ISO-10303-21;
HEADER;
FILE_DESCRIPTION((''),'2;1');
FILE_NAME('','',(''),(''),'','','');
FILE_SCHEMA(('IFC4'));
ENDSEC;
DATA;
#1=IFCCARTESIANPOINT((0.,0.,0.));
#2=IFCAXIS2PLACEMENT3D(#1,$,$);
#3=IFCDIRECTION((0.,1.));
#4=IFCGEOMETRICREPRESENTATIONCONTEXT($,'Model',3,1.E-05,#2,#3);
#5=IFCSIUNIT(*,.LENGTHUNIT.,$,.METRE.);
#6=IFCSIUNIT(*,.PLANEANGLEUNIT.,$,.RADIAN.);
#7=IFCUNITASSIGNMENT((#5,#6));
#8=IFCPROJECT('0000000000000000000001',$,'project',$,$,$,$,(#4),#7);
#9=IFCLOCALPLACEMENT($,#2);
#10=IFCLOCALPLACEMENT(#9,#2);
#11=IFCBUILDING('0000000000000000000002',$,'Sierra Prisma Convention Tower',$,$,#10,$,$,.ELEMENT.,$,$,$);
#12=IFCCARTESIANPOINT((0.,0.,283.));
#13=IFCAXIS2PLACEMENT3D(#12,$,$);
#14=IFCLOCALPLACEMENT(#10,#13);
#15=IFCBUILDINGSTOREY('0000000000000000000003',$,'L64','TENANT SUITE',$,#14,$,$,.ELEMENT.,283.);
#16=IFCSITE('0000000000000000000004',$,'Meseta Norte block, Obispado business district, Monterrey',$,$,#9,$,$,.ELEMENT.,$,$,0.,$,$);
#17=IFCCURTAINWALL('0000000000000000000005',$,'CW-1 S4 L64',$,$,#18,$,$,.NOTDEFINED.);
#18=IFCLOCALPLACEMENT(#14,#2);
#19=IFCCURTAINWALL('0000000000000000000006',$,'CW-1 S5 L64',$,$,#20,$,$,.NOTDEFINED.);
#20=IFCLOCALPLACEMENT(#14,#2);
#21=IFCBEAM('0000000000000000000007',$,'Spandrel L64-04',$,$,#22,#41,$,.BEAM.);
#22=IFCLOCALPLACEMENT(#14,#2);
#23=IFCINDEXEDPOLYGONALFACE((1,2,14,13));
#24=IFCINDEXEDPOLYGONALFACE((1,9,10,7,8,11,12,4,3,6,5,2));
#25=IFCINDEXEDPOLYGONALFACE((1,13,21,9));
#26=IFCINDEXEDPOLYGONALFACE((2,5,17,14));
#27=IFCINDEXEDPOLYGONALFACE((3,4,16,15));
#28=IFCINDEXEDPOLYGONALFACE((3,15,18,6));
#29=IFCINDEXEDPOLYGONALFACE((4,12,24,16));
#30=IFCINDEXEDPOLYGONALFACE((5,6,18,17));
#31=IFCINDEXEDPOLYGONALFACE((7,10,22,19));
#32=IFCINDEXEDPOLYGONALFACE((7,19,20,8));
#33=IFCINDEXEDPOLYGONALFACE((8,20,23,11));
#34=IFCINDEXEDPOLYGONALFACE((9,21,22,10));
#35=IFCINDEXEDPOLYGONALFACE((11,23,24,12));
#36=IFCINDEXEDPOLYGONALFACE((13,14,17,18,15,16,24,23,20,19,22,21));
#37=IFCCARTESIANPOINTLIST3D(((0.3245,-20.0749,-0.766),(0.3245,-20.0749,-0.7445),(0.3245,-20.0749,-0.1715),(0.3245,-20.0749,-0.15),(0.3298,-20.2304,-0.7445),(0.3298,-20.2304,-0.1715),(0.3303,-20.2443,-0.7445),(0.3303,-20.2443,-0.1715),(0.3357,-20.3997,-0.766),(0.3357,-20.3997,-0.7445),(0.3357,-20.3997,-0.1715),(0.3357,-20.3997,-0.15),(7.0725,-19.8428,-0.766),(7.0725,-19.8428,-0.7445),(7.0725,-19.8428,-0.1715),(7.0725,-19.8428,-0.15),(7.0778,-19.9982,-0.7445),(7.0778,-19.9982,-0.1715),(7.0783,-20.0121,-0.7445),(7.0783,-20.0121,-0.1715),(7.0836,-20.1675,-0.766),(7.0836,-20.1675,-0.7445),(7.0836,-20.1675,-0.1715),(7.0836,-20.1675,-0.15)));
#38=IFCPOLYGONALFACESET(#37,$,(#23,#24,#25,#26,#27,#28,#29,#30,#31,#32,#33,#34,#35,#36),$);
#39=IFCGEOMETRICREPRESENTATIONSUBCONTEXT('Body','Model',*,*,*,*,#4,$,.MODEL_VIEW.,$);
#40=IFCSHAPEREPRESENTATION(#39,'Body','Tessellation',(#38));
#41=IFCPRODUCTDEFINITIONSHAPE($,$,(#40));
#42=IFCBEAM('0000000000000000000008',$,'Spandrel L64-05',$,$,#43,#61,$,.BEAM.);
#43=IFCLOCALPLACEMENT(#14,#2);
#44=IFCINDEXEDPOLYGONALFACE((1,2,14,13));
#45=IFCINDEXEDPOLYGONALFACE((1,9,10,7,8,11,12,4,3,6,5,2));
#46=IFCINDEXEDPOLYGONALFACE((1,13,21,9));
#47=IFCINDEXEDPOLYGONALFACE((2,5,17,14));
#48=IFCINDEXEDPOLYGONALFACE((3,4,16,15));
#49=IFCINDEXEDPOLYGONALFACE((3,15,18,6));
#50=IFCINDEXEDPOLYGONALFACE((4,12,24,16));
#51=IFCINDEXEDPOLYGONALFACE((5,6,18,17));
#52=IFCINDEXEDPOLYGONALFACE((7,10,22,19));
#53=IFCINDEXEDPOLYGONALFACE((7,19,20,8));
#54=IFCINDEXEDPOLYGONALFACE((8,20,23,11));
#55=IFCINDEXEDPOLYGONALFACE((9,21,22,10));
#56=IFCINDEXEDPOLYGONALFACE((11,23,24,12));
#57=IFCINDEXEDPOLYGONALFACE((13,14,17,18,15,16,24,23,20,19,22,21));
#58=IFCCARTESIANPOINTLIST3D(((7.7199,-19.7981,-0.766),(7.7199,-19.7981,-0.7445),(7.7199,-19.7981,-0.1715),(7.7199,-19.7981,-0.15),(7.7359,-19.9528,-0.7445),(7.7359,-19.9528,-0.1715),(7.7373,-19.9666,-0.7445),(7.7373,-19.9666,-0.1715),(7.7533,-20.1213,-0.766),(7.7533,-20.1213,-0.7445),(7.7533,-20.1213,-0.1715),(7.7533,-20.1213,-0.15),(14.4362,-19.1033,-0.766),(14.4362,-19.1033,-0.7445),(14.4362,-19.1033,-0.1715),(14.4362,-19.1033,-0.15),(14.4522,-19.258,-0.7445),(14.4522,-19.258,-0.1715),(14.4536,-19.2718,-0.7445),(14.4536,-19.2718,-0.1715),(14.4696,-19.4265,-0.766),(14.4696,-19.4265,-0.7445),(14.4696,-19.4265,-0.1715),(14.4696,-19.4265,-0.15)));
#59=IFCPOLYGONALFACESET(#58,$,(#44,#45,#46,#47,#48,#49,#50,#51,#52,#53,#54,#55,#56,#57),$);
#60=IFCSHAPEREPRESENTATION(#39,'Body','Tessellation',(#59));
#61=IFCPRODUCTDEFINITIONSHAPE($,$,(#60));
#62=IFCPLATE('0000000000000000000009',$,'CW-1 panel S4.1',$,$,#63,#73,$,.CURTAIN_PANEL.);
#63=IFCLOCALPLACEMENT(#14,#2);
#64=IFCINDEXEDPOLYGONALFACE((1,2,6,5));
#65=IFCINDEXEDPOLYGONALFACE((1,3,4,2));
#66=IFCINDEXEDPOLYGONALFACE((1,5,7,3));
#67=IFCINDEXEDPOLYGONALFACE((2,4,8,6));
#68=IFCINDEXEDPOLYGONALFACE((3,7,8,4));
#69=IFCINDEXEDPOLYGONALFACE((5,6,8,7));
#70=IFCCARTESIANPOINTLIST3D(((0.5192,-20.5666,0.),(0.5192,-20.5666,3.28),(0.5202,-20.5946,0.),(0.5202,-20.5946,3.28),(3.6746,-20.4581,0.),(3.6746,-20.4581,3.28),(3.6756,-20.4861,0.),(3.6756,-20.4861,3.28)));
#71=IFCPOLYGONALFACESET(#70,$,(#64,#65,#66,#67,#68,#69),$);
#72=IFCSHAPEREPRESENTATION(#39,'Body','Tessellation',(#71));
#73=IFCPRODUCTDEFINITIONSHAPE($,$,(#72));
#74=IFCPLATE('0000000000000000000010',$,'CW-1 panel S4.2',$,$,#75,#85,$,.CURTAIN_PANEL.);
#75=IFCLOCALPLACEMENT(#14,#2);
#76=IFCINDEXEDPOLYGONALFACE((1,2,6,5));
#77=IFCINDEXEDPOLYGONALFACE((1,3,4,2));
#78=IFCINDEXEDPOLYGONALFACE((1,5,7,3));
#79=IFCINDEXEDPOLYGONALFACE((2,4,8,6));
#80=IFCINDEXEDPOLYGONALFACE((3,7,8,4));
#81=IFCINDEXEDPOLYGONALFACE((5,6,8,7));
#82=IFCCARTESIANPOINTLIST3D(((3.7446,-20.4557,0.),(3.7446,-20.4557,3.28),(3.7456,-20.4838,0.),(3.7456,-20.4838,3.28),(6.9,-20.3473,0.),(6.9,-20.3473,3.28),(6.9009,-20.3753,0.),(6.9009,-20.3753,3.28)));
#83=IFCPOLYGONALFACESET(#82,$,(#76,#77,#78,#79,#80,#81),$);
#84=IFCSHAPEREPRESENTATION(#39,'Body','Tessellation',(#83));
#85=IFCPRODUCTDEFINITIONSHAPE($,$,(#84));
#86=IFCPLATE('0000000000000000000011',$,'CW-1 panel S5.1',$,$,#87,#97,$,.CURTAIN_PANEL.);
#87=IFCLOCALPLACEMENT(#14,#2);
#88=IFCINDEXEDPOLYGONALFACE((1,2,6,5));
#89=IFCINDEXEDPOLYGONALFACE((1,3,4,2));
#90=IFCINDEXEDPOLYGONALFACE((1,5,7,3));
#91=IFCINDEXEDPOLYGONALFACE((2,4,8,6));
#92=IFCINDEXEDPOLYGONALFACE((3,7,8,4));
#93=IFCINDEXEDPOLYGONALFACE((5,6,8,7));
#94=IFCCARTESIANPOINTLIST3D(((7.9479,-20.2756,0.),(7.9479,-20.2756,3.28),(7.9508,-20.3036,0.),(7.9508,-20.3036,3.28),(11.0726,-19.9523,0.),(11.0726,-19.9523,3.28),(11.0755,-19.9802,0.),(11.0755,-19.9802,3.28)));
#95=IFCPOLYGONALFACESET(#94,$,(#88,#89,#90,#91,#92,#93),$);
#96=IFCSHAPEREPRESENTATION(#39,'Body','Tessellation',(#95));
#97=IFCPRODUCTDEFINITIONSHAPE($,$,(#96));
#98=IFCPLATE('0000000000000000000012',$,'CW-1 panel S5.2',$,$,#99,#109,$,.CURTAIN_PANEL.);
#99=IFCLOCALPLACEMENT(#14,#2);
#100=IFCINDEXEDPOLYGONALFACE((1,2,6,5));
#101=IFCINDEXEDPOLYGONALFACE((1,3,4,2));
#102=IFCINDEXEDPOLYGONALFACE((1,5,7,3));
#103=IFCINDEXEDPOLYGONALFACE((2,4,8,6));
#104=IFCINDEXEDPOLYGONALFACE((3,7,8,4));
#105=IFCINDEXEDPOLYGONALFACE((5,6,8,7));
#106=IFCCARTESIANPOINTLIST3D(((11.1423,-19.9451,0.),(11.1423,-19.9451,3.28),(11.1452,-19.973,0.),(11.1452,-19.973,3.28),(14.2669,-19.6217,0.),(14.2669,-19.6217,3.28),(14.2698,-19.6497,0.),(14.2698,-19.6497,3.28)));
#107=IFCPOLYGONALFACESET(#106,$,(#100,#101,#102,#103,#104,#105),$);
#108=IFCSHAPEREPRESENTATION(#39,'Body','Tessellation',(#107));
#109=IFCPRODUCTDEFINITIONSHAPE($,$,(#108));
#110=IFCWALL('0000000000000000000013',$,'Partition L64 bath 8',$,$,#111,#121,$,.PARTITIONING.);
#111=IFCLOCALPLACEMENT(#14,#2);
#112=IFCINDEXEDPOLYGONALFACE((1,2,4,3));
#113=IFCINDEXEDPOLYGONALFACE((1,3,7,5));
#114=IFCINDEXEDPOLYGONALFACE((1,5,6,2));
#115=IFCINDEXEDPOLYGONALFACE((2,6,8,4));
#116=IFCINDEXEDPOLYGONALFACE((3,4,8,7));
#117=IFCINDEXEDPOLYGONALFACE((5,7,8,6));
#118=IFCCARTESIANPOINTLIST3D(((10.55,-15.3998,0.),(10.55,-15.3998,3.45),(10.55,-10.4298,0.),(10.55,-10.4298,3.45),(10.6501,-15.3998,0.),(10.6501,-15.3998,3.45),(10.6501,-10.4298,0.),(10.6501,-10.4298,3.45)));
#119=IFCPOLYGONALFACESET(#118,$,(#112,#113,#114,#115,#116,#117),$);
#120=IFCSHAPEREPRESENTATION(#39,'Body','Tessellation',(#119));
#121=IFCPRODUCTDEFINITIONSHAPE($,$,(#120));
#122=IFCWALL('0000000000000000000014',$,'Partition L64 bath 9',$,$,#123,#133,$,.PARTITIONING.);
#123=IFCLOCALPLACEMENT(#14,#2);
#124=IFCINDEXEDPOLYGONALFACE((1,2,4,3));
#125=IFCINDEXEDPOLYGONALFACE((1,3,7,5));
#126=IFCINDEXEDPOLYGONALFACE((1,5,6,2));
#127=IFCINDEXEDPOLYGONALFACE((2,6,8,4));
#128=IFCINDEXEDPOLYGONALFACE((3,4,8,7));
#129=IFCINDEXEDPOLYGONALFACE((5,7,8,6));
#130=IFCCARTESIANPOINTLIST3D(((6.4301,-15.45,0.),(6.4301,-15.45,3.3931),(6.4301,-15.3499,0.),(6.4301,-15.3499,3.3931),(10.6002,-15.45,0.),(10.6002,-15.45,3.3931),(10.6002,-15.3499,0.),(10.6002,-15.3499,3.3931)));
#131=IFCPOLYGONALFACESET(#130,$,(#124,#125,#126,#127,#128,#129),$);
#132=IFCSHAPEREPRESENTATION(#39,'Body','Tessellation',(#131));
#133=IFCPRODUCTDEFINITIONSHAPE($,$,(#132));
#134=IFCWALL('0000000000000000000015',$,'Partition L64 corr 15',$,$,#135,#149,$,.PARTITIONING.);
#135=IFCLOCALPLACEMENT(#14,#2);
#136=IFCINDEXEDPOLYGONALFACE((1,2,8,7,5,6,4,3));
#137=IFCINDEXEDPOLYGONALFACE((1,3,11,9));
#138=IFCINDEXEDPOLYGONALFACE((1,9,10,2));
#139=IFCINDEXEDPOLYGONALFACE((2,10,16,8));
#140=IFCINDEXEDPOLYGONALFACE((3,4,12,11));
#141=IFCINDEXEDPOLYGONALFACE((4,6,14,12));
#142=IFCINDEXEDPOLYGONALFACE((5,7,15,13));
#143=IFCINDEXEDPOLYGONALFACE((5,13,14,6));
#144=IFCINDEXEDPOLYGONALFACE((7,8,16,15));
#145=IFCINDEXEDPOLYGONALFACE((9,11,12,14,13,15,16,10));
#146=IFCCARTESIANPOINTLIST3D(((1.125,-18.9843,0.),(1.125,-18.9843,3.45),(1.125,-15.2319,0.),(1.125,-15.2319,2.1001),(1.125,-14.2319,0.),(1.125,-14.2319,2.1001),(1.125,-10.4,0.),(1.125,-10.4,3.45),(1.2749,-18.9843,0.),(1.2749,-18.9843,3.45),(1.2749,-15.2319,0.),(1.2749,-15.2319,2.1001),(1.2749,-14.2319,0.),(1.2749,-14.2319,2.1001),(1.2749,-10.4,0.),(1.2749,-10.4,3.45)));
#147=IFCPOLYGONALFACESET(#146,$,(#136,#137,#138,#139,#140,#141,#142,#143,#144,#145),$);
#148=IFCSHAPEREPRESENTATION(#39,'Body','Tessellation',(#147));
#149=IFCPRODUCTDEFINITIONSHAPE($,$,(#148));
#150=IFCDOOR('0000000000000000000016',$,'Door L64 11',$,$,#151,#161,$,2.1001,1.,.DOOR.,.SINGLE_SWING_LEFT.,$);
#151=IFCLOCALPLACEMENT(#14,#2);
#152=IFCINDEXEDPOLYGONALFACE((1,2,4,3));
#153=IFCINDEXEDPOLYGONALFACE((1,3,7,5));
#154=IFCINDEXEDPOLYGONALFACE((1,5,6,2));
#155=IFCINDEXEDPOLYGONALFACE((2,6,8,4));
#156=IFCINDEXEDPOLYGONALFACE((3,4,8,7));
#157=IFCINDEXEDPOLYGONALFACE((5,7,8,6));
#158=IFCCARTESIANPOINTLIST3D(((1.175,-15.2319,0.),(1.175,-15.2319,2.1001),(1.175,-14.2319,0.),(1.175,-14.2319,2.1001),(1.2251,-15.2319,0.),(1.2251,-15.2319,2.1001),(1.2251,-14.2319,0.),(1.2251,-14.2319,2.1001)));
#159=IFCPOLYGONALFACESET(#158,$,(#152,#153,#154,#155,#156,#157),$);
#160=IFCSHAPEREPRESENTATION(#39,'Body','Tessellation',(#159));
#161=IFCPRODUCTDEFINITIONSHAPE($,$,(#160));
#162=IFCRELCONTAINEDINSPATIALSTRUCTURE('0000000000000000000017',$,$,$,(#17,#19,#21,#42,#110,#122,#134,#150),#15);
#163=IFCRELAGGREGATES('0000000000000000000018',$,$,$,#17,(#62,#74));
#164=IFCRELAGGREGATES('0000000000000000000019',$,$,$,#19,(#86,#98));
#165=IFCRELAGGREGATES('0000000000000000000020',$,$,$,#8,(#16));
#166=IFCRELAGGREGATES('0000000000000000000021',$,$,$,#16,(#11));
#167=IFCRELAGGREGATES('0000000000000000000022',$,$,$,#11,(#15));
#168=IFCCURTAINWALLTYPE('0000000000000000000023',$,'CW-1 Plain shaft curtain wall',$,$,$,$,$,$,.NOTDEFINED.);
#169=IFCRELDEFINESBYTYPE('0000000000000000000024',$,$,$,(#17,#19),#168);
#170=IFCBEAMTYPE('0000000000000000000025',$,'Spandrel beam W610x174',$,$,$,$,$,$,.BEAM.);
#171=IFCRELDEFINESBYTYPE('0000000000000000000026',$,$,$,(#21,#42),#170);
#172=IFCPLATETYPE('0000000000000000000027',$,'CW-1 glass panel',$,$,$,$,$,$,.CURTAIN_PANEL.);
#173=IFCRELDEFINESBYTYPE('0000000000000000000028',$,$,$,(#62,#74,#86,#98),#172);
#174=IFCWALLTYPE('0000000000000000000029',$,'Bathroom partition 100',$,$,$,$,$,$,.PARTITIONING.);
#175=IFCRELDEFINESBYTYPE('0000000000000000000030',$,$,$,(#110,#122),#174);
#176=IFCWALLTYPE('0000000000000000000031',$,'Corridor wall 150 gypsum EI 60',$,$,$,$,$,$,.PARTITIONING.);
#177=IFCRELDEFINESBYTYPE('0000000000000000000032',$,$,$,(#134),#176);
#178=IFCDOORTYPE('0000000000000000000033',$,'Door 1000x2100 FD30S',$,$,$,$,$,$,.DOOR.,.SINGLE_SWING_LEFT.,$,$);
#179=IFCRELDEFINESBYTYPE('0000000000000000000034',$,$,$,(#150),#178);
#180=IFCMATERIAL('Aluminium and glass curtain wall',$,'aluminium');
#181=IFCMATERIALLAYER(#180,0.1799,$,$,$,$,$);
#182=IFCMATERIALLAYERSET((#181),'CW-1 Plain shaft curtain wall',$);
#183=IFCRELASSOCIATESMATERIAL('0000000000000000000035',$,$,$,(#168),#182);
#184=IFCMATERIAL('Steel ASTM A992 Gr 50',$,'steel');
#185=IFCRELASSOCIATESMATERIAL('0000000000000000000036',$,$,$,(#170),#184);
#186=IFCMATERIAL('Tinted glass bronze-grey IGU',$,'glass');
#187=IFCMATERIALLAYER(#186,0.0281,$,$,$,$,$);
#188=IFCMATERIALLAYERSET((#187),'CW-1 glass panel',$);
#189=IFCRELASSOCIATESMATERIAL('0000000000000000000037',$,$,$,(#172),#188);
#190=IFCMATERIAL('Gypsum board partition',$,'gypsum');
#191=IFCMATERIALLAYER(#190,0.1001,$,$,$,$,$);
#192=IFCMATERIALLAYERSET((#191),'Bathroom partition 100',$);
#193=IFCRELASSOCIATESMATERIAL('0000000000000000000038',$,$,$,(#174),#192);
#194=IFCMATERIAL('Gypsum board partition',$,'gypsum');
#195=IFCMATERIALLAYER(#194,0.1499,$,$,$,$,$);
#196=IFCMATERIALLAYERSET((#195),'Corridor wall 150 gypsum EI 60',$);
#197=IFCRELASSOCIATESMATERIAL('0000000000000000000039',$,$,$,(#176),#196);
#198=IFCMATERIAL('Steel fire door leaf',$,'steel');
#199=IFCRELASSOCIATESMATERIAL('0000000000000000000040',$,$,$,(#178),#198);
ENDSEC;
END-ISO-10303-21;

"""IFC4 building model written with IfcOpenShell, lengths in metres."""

from ifc_helpers import new_model, si_unit, direction, frame, frame_2d, origin, origin_2d, place, context, subcontext, project, spatial, rectangle, i_section, extrude, material, layer, layer_set, material_profile, profile_set, type_object, element, fill, aggregate, save


model = new_model("IFC4")

# Units and contexts
model_context = context("Model", 3, precision=1e-05, world=origin(), true_north=direction((0.0, 1.0)))
body_context = subcontext(model_context, "Body", "Model", "MODEL_VIEW")
ifc_project = project(units=[si_unit("LENGTHUNIT", "METRE"), si_unit("PLANEANGLEUNIT", "RADIAN")], contexts=[model_context])

# Site, building, storey
site_placement = place(None, origin())
site = spatial("IfcSite", under=ifc_project, at=site_placement, Name="Meseta Norte block, Obispado business district, Monterrey", CompositionType="ELEMENT", RefElevation=0.0)
building_placement = place(site_placement, origin())
building = spatial("IfcBuilding", under=site, at=building_placement, Name="Sierra Prisma Convention Tower", CompositionType="ELEMENT")
storey_placement = place(building_placement, frame((0.0, 0.0, 283.0)))
storey = spatial("IfcBuildingStorey", under=building, at=storey_placement, Name="L64", Description="TENANT SUITE", CompositionType="ELEMENT", Elevation=283.0)

# Curtain wall
ifc_material_1 = material(Name="Aluminium and glass curtain wall", Category="aluminium")
ifc_layer_1 = layer(ifc_material_1, 0.1799)
ifc_layer_set_1 = layer_set([ifc_layer_1], Name="CW-1 Plain shaft curtain wall")
curtain_wall_type = type_object("IfcCurtainWallType", Name="CW-1 Plain shaft curtain wall", PredefinedType="NOTDEFINED", material=ifc_layer_set_1)
curtain_wall_1_placement = place(storey_placement, origin())
curtain_wall_1 = element("IfcCurtainWall", 1, at=curtain_wall_1_placement, inside=storey, type_object=curtain_wall_type, Name="CW-1 S4 L64", PredefinedType="NOTDEFINED")

# Curtain wall
curtain_wall_2_placement = place(storey_placement, origin())
curtain_wall_2 = element("IfcCurtainWall", 2, at=curtain_wall_2_placement, inside=storey, type_object=curtain_wall_type, Name="CW-1 S5 L64", PredefinedType="NOTDEFINED")

# Beams
ifc_material_2 = material(Name="Steel ASTM A992 Gr 50", Category="steel")
ifc_material_profile_1 = material_profile(ifc_material_2, i_section(OverallWidth=0.325, OverallDepth=0.616, WebThickness=0.0139, FlangeThickness=0.0215, at=origin_2d()), Name="W610x174")
ifc_profile_set_1 = profile_set([ifc_material_profile_1], Name="Steel ASTM A992 Gr 50")
beam_type_1 = type_object("IfcBeamType", Name="Spandrel beam W610x174", PredefinedType="BEAM", material=ifc_profile_set_1)
beam_1_placement = place(storey_placement, frame((0.3301, -20.2373, -0.458), z_axis=(0.999409, 0.034386, 0.0), x_axis=(-0.034386, 0.999409, 0.0)))
element("IfcBeam", 3, at=beam_1_placement, inside=storey, type_object=beam_type_1, Name="Spandrel L64-04", PredefinedType="BEAM", context=body_context, shape_type="SweptSolid", body=[
    extrude(i_section(OverallWidth=0.325, OverallDepth=0.616, WebThickness=0.0139, FlangeThickness=0.0215, at=origin_2d()), origin(), (0.0, 0.0, 1.0), 6.752),
])
beam_2_placement = place(storey_placement, frame((7.7366, -19.9597, -0.458), z_axis=(0.994691, 0.102904, 0.0), x_axis=(-0.102904, 0.994691, 0.0)))
element("IfcBeam", 4, at=beam_2_placement, inside=storey, type_object=beam_type_1, Name="Spandrel L64-05", PredefinedType="BEAM", context=body_context, shape_type="SweptSolid", body=[
    extrude(i_section(OverallWidth=0.325, OverallDepth=0.616, WebThickness=0.0139, FlangeThickness=0.0215, at=origin_2d()), origin(), (0.0, 0.0, 1.0), 6.7522),
])

# Plates
ifc_material_3 = material(Name="Tinted glass bronze-grey IGU", Category="glass")
ifc_layer_2 = layer(ifc_material_3, 0.0281)
ifc_layer_set_2 = layer_set([ifc_layer_2], Name="CW-1 glass panel")
plate_type = type_object("IfcPlateType", Name="CW-1 glass panel", PredefinedType="CURTAIN_PANEL", material=ifc_layer_set_2)
plate_1_placement = place(storey_placement, frame((2.0974, -20.5264, 0.0), z_axis=(0.0, 0.0, 1.0), x_axis=(0.999409, 0.034364, 0.0)))
plate_1 = element("IfcPlate", 5, at=plate_1_placement, type_object=plate_type, Name="CW-1 panel S4.1", PredefinedType="CURTAIN_PANEL", context=body_context, shape_type="SweptSolid", body=[
    extrude(rectangle(XDim=3.1572, YDim=0.0281, at=origin_2d()), origin(), (0.0, 0.0, 1.0), 3.28),
])
plate_2_placement = place(storey_placement, frame((5.3228, -20.4155, 0.0), z_axis=(0.0, 0.0, 1.0), x_axis=(0.999409, 0.034364, 0.0)))
plate_2 = element("IfcPlate", 6, at=plate_2_placement, type_object=plate_type, Name="CW-1 panel S4.2", PredefinedType="CURTAIN_PANEL", context=body_context, shape_type="SweptSolid", body=[
    extrude(rectangle(XDim=3.1572, YDim=0.0281, at=origin_2d()), origin(), (0.0, 0.0, 1.0), 3.28),
])
aggregate(curtain_wall_1, [plate_1, plate_2])
plate_3_placement = place(storey_placement, frame((9.5117, -20.1279, 0.0), z_axis=(0.0, 0.0, 1.0), x_axis=(0.994689, 0.10293, 0.0)))
plate_3 = element("IfcPlate", 7, at=plate_3_placement, type_object=plate_type, Name="CW-1 panel S5.1", PredefinedType="CURTAIN_PANEL", context=body_context, shape_type="SweptSolid", body=[
    extrude(rectangle(XDim=3.1414, YDim=0.0281, at=origin_2d()), origin(), (0.0, 0.0, 1.0), 3.28),
])
plate_4_placement = place(storey_placement, frame((12.7061, -19.7974, 0.0), z_axis=(0.0, 0.0, 1.0), x_axis=(0.994689, 0.10293, 0.0)))
plate_4 = element("IfcPlate", 8, at=plate_4_placement, type_object=plate_type, Name="CW-1 panel S5.2", PredefinedType="CURTAIN_PANEL", context=body_context, shape_type="SweptSolid", body=[
    extrude(rectangle(XDim=3.1414, YDim=0.0281, at=origin_2d()), origin(), (0.0, 0.0, 1.0), 3.28),
])
aggregate(curtain_wall_2, [plate_3, plate_4])

# Walls
ifc_material_4 = material(Name="Gypsum board partition", Category="gypsum")
ifc_layer_3 = layer(ifc_material_4, 0.1001)
ifc_layer_set_3 = layer_set([ifc_layer_3], Name="Bathroom partition 100")
wall_type_1 = type_object("IfcWallType", Name="Bathroom partition 100", PredefinedType="PARTITIONING", material=ifc_layer_set_3)
wall_1_placement = place(storey_placement, frame((10.6001, -10.4299, 0.0), z_axis=(0.0, 0.0, 1.0), x_axis=(0.0, -1.0, 0.0)))
element("IfcWall", 9, at=wall_1_placement, inside=storey, type_object=wall_type_1, Name="Partition L64 bath 8", PredefinedType="PARTITIONING", context=body_context, shape_type="SweptSolid", body=[
    extrude(rectangle(XDim=4.97, YDim=0.1001, at=frame_2d((2.4849, 0.0))), origin(), (0.0, 0.0, 1.0), 3.45),
])
wall_2_placement = place(storey_placement, frame((10.6001, -15.3999, 0.0), z_axis=(0.0, 0.0, 1.0), x_axis=(-1.0, 0.0, 0.0)))
element("IfcWall", 10, at=wall_2_placement, inside=storey, type_object=wall_type_1, Name="Partition L64 bath 9", PredefinedType="PARTITIONING", context=body_context, shape_type="SweptSolid", body=[
    extrude(rectangle(XDim=4.1702, YDim=0.1001, at=frame_2d((2.085, 0.0))), origin(), (0.0, 0.0, 1.0), 3.3931),
])

# Wall, opening, door
ifc_material_5 = material(Name="Gypsum board partition", Category="gypsum")
ifc_layer_4 = layer(ifc_material_5, 0.1499)
ifc_layer_set_4 = layer_set([ifc_layer_4], Name="Corridor wall 150 gypsum EI 60")
wall_type_2 = type_object("IfcWallType", Name="Corridor wall 150 gypsum EI 60", PredefinedType="PARTITIONING", material=ifc_layer_set_4)
wall_3_placement = place(storey_placement, frame((1.2, -18.9841, 0.0), z_axis=(0.0, 0.0, 1.0), x_axis=(0.0, 1.0, 0.0)))
wall_3 = element("IfcWall", 11, at=wall_3_placement, inside=storey, type_object=wall_type_2, Name="Partition L64 corr 15", PredefinedType="PARTITIONING", context=body_context, shape_type="SweptSolid", body=[
    extrude(rectangle(XDim=8.5842, YDim=0.1499, at=frame_2d((4.292, 0.0))), origin(), (0.0, 0.0, 1.0), 3.45),
])
opening_1_placement = place(wall_3_placement, frame((3.7522, 0.0, 0.0)))
opening_1 = element("IfcOpeningElement", 12, at=opening_1_placement, cuts=wall_3, PredefinedType="OPENING", context=body_context, shape_type="SweptSolid", body=[
    extrude(rectangle(XDim=1.0, YDim=2.1001, at=frame_2d((0.5, 1.05))), frame((0.0, 0.075, 0.0), z_axis=(0.0, -1.0, 0.0), x_axis=(1.0, 0.0, 0.0)), (0.0, 0.0, 1.0), 0.1499),
])
ifc_material_6 = material(Name="Steel fire door leaf", Category="steel")
door_type_1 = type_object("IfcDoorType", Name="Door 1000x2100 FD30S", OperationType="SINGLE_SWING_LEFT", PredefinedType="DOOR", material=ifc_material_6)
door_1_placement = place(opening_1_placement, origin())
door_1 = element("IfcDoor", 13, at=door_1_placement, inside=storey, type_object=door_type_1, Name="Door L64 11", OperationType="SINGLE_SWING_LEFT", OverallHeight=2.1001, OverallWidth=1.0, PredefinedType="DOOR", context=body_context, shape_type="SweptSolid", body=[
    extrude(rectangle(XDim=1.0, YDim=2.1001, at=frame_2d((0.5, 1.05))), frame((0.0, 0.0249, 0.0), z_axis=(0.0, -1.0, 0.0), x_axis=(1.0, 0.0, 0.0)), (0.0, 0.0, 1.0), 0.05),
])
fill(opening_1, door_1)

save(model, "model.ifc")
